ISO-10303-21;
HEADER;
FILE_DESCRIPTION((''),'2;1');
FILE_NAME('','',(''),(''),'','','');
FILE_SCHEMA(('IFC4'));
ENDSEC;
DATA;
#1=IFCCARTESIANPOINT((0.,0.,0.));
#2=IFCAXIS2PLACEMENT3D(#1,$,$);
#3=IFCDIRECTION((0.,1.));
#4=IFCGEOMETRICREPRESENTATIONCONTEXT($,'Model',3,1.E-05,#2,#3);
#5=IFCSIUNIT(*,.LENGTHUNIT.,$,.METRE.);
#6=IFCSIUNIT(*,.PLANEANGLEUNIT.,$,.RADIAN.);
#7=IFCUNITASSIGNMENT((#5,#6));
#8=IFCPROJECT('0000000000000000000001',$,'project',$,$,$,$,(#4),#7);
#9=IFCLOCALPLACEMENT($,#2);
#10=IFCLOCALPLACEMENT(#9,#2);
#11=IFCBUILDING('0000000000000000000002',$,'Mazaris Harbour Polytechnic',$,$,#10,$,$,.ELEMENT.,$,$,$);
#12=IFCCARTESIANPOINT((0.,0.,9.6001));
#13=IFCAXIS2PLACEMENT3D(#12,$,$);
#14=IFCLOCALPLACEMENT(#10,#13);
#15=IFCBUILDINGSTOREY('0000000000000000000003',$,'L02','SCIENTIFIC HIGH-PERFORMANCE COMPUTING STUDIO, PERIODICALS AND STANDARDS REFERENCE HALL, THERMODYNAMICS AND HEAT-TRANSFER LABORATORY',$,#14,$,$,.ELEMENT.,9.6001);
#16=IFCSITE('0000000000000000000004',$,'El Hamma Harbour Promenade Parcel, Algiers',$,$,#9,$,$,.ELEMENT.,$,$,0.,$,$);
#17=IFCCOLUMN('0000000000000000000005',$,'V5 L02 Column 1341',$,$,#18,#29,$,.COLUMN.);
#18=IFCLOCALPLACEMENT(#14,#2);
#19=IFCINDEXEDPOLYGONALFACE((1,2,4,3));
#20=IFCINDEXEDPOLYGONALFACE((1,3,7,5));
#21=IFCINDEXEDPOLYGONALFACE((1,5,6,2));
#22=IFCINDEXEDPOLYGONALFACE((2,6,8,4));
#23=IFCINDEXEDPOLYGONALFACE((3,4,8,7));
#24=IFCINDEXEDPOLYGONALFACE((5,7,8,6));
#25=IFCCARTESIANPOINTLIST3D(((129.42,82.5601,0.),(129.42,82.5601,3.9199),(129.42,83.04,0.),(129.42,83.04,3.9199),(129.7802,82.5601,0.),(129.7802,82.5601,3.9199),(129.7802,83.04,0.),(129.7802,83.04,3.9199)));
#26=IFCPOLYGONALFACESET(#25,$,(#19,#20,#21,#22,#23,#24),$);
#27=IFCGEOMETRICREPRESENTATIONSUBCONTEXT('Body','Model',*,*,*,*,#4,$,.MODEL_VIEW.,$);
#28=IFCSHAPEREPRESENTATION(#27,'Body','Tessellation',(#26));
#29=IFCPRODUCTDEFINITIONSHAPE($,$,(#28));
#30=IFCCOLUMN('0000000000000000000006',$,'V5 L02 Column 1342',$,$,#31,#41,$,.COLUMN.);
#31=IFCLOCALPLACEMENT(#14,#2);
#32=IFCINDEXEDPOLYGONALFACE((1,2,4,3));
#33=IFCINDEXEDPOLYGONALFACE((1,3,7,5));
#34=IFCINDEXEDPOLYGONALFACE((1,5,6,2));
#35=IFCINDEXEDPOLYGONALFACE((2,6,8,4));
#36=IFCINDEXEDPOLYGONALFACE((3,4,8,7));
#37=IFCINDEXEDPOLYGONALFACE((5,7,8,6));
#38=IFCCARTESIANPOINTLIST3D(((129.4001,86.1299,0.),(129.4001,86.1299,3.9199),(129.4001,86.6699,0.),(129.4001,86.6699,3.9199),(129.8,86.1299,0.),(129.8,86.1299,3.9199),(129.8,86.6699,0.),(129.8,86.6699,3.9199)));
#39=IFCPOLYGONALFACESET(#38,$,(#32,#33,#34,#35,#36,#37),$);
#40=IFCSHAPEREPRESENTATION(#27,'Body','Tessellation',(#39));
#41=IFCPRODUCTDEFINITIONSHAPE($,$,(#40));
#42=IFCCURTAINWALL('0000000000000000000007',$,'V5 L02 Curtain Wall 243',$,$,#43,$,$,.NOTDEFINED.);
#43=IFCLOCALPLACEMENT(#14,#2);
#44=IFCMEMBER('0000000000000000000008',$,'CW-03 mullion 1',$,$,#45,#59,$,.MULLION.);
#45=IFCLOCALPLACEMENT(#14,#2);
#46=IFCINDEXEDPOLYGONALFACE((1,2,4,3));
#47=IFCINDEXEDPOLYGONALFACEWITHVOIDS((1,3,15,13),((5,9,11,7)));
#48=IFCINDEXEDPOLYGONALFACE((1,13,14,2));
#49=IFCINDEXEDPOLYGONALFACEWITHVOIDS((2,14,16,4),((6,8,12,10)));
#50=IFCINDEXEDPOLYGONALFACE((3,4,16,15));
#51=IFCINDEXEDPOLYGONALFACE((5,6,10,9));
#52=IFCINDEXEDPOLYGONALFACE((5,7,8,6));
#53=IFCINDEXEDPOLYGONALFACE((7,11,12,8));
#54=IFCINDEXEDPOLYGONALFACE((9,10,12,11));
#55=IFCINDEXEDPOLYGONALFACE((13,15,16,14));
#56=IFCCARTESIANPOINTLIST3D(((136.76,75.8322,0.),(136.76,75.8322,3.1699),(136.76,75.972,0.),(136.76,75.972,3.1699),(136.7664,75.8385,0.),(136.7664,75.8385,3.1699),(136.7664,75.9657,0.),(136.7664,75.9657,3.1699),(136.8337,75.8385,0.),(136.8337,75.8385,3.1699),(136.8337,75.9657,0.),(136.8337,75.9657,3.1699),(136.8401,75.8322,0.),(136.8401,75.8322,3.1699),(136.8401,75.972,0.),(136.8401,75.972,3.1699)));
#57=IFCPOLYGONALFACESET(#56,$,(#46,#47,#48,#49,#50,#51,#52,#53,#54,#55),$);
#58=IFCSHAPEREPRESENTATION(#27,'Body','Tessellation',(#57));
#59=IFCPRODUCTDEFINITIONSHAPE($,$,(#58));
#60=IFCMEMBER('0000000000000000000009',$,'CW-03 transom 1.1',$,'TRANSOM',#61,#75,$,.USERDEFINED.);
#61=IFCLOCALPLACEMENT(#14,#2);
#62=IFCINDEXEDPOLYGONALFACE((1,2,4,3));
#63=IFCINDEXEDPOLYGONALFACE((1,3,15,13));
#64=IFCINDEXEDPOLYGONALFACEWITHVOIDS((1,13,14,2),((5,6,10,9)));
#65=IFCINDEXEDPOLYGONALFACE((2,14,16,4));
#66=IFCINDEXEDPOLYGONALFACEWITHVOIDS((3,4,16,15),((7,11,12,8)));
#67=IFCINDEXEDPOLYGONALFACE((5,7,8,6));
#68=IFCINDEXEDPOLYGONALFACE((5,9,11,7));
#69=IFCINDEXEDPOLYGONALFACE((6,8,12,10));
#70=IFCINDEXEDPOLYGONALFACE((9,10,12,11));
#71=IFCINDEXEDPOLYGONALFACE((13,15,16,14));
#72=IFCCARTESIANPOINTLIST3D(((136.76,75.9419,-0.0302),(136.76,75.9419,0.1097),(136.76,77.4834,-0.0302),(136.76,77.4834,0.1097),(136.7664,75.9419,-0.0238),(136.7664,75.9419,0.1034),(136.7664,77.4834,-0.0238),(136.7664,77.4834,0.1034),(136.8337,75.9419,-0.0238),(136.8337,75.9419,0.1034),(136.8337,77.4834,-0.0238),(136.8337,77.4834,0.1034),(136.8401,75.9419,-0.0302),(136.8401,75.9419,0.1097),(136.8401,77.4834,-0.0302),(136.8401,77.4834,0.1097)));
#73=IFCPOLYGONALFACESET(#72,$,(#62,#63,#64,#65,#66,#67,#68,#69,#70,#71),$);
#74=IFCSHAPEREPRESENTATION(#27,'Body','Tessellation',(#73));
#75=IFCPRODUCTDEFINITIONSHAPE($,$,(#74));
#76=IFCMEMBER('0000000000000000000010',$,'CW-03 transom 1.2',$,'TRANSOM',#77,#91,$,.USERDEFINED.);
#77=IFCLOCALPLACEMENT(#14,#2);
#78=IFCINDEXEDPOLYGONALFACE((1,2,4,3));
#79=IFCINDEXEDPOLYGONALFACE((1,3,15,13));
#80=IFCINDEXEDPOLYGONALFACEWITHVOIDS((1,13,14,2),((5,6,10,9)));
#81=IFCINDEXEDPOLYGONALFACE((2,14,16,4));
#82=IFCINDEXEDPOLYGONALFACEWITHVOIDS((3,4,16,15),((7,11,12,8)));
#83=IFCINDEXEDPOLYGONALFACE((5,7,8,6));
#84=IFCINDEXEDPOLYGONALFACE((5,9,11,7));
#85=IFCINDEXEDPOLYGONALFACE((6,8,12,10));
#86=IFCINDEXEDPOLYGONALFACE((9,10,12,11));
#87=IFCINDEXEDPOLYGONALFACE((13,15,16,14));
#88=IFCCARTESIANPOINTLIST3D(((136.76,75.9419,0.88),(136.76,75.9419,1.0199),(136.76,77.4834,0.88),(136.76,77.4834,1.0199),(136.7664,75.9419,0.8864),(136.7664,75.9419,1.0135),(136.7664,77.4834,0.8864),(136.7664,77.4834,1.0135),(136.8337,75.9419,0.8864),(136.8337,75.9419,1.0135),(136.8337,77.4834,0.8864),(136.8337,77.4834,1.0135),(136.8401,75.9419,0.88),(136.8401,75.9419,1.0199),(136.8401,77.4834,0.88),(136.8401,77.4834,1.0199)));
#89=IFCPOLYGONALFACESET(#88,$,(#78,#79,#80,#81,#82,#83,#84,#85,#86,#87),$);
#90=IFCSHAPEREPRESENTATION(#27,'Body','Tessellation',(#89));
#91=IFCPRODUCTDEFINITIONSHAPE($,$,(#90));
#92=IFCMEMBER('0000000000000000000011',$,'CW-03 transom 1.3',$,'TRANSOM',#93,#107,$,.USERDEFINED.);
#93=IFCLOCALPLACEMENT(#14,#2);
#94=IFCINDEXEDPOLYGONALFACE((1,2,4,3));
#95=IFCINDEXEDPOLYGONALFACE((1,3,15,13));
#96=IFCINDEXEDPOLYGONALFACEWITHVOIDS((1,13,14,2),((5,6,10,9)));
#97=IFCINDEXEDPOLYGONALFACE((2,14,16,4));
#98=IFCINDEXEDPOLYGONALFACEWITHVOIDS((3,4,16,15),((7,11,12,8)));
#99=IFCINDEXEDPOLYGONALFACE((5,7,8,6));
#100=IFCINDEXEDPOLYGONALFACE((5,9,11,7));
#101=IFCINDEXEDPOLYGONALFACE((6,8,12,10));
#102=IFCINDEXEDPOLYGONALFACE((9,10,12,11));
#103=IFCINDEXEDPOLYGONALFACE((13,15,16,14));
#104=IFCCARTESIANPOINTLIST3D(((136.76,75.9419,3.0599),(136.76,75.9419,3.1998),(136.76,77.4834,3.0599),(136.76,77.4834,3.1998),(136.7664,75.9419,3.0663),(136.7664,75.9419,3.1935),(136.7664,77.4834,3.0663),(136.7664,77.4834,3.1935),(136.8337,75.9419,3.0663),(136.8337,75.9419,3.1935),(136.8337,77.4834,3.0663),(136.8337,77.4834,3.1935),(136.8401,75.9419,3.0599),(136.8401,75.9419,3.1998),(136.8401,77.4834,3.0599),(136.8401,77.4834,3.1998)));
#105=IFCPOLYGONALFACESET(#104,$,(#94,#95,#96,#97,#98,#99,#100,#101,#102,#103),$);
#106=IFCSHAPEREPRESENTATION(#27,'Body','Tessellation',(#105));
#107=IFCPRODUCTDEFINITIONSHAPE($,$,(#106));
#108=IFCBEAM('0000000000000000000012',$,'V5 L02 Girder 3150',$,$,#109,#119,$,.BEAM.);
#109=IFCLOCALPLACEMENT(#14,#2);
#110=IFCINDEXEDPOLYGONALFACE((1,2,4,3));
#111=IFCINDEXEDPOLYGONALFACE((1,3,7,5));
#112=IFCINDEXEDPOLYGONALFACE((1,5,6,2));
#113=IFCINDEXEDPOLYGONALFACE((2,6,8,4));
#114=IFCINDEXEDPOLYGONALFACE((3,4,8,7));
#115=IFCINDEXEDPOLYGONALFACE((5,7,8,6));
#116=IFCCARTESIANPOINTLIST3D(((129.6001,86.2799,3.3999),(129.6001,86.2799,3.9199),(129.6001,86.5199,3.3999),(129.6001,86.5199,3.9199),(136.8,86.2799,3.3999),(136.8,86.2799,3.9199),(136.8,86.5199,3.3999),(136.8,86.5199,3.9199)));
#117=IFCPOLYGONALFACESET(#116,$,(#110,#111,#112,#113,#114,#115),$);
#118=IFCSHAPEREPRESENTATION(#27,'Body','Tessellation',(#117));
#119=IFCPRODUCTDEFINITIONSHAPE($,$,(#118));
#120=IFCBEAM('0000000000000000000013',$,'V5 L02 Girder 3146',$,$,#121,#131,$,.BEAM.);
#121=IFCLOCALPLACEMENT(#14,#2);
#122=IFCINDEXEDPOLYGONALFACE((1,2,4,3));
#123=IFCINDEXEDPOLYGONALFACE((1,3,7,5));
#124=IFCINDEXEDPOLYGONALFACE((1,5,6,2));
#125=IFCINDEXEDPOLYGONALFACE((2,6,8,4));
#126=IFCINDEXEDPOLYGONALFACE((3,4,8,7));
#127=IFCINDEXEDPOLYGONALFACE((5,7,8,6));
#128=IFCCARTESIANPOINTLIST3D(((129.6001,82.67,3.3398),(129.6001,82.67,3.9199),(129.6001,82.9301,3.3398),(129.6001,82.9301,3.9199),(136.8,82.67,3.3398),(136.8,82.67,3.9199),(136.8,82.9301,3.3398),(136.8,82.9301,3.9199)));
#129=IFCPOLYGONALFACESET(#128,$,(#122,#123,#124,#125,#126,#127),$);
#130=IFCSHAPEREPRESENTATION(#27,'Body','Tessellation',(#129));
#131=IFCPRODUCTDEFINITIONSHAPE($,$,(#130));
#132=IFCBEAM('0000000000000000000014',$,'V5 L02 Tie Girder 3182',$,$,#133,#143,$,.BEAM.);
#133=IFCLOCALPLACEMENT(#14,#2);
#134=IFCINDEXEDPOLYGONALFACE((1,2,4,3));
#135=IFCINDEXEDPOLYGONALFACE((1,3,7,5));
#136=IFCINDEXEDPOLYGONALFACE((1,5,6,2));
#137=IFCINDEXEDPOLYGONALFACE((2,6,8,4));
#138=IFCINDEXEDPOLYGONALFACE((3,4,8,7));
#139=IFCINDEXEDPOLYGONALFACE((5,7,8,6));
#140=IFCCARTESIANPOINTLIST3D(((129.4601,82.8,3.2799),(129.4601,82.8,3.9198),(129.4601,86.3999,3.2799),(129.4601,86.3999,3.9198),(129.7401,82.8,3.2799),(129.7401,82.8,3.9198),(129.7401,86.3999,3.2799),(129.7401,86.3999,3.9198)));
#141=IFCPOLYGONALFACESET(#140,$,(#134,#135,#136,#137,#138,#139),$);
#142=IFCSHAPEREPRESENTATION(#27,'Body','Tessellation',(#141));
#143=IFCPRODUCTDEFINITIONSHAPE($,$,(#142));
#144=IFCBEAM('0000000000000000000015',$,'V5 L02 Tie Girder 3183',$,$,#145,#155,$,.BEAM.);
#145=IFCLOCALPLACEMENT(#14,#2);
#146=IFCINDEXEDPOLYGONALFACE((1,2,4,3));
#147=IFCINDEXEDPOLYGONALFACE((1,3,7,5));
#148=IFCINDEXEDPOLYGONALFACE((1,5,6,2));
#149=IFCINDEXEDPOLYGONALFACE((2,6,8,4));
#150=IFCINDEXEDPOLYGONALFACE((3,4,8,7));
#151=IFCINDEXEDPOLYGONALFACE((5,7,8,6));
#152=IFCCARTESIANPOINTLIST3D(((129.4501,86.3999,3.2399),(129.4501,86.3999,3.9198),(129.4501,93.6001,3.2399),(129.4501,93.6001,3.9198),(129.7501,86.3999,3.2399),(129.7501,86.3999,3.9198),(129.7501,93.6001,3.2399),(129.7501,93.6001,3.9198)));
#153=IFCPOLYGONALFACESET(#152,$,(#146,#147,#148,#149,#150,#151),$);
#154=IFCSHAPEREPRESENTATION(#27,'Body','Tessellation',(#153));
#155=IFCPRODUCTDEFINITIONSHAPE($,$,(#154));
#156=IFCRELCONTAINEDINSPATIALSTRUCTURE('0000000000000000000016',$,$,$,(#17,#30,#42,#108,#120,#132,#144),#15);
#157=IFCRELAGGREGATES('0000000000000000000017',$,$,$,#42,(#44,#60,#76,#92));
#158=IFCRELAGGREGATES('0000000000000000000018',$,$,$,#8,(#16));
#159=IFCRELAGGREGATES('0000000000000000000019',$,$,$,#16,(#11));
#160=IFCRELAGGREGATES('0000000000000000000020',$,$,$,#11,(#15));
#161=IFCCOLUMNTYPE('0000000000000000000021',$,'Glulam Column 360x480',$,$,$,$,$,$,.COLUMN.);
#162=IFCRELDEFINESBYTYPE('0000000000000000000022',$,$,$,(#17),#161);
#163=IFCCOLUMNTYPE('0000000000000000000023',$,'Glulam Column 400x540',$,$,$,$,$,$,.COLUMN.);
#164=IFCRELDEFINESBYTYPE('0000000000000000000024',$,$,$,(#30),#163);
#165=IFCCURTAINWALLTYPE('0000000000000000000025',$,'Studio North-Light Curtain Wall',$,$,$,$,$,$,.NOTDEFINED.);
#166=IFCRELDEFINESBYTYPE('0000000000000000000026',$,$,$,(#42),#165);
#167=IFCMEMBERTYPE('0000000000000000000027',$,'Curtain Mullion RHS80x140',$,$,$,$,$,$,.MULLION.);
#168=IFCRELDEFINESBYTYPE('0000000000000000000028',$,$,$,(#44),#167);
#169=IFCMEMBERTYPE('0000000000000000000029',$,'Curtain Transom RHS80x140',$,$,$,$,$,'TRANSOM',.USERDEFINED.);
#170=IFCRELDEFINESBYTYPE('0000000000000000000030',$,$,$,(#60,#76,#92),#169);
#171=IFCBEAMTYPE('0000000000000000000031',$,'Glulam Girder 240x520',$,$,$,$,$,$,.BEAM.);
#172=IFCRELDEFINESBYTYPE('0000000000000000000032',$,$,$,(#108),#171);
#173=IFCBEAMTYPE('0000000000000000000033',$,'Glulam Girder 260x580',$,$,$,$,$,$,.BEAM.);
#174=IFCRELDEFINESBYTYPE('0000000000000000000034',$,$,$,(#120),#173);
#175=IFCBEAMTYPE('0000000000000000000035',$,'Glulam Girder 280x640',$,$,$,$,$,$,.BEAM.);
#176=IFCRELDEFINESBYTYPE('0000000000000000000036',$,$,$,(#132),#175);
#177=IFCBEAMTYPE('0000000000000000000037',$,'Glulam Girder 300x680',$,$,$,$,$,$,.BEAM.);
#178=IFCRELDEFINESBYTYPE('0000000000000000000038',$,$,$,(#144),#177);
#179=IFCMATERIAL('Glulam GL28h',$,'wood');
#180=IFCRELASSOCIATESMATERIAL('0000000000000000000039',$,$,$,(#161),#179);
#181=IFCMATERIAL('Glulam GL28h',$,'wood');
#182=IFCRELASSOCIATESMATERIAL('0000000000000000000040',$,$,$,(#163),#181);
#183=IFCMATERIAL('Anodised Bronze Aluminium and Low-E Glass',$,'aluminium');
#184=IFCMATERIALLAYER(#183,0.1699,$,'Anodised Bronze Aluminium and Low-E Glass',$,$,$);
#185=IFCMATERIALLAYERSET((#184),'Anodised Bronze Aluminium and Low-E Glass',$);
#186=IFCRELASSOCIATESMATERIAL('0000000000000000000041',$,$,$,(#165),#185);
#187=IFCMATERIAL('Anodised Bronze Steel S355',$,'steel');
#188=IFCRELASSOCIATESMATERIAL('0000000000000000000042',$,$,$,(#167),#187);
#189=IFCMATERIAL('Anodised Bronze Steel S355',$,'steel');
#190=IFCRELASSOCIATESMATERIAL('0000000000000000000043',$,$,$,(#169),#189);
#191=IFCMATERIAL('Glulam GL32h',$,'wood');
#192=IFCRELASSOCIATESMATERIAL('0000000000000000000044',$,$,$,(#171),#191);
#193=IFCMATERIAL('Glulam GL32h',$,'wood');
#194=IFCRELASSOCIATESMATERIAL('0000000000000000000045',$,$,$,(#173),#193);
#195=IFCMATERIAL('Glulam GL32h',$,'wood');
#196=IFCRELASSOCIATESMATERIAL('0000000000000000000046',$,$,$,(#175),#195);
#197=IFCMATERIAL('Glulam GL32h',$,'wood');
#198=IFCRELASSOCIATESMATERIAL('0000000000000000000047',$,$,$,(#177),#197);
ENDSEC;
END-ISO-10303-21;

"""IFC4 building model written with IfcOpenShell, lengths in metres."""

from ifc_helpers import new_model, si_unit, direction, frame, origin, origin_2d, place, context, subcontext, project, spatial, rectangle, hollow_rectangle, extrude, material, layer, layer_set, material_profile, profile_set, type_object, element, aggregate, save


model = new_model("IFC4")

# Units and contexts
model_context = context("Model", 3, precision=1e-05, world=origin(), true_north=direction((0.0, 1.0)))
body_context = subcontext(model_context, "Body", "Model", "MODEL_VIEW")
ifc_project = project(units=[si_unit("LENGTHUNIT", "METRE"), si_unit("PLANEANGLEUNIT", "RADIAN")], contexts=[model_context])

# Site, building, storey
site_placement = place(None, origin())
site = spatial("IfcSite", under=ifc_project, at=site_placement, Name="El Hamma Harbour Promenade Parcel, Algiers", CompositionType="ELEMENT", RefElevation=0.0)
building_placement = place(site_placement, origin())
building = spatial("IfcBuilding", under=site, at=building_placement, Name="Mazaris Harbour Polytechnic", CompositionType="ELEMENT")
storey_placement = place(building_placement, frame((0.0, 0.0, 9.6001)))
storey = spatial("IfcBuildingStorey", under=building, at=storey_placement, Name="L02", Description="SCIENTIFIC HIGH-PERFORMANCE COMPUTING STUDIO, PERIODICALS AND STANDARDS REFERENCE HALL, THERMODYNAMICS AND HEAT-TRANSFER LABORATORY", CompositionType="ELEMENT", Elevation=9.6001)

# Columns
ifc_material_1 = material(Name="Glulam GL28h", Category="wood")
ifc_material_profile_1 = material_profile(ifc_material_1, rectangle(XDim=0.3601, YDim=0.48, at=origin_2d()), Name="RECT360x480")
ifc_profile_set_1 = profile_set([ifc_material_profile_1], Name="Glulam GL28h")
column_type_1 = type_object("IfcColumnType", Name="Glulam Column 360x480", PredefinedType="COLUMN", material=ifc_profile_set_1)
column_1_placement = place(storey_placement, frame((129.6001, 82.8, 0.0), z_axis=(0.0, 0.0, 1.0), x_axis=(1.0, 0.0, 0.0)))
element("IfcColumn", 1, at=column_1_placement, inside=storey, type_object=column_type_1, Name="V5 L02 Column 1341", PredefinedType="COLUMN", context=body_context, shape_type="SweptSolid", body=[
    extrude(rectangle(XDim=0.3601, YDim=0.48, at=origin_2d()), origin(), (0.0, 0.0, 1.0), 3.9199),
])
ifc_material_2 = material(Name="Glulam GL28h", Category="wood")
ifc_material_profile_2 = material_profile(ifc_material_2, rectangle(XDim=0.3999, YDim=0.54, at=origin_2d()), Name="RECT400x540")
ifc_profile_set_2 = profile_set([ifc_material_profile_2], Name="Glulam GL28h")
column_type_2 = type_object("IfcColumnType", Name="Glulam Column 400x540", PredefinedType="COLUMN", material=ifc_profile_set_2)
column_2_placement = place(storey_placement, frame((129.6001, 86.3999, 0.0), z_axis=(0.0, 0.0, 1.0), x_axis=(1.0, 0.0, 0.0)))
element("IfcColumn", 2, at=column_2_placement, inside=storey, type_object=column_type_2, Name="V5 L02 Column 1342", PredefinedType="COLUMN", context=body_context, shape_type="SweptSolid", body=[
    extrude(rectangle(XDim=0.3999, YDim=0.54, at=origin_2d()), origin(), (0.0, 0.0, 1.0), 3.9199),
])

# Curtain wall, members
ifc_material_3 = material(Name="Anodised Bronze Aluminium and Low-E Glass", Category="aluminium")
ifc_layer_1 = layer(ifc_material_3, 0.1699, Name="Anodised Bronze Aluminium and Low-E Glass")
ifc_layer_set_1 = layer_set([ifc_layer_1], Name="Anodised Bronze Aluminium and Low-E Glass")
curtain_wall_type = type_object("IfcCurtainWallType", Name="Studio North-Light Curtain Wall", PredefinedType="NOTDEFINED", material=ifc_layer_set_1)
curtain_wall_placement = place(storey_placement, origin())
curtain_wall = element("IfcCurtainWall", 3, at=curtain_wall_placement, inside=storey, type_object=curtain_wall_type, Name="V5 L02 Curtain Wall 243", PredefinedType="NOTDEFINED")
ifc_material_4 = material(Name="Anodised Bronze Steel S355", Category="steel")
ifc_material_profile_3 = material_profile(ifc_material_4, hollow_rectangle(XDim=0.0801, YDim=0.1399, WallThickness=0.0063, at=origin_2d()), Name="RHS 80x140x6.3")
ifc_profile_set_3 = profile_set([ifc_material_profile_3], Name="Anodised Bronze Steel S355")
member_type_1 = type_object("IfcMemberType", Name="Curtain Mullion RHS80x140", PredefinedType="MULLION", material=ifc_profile_set_3)
member_1_placement = place(storey_placement, frame((136.8, 75.9021, 0.0), z_axis=(0.0, 0.0, 1.0), x_axis=(-1.0, 0.0, 0.0)))
member_1 = element("IfcMember", 4, at=member_1_placement, type_object=member_type_1, Name="CW-03 mullion 1", PredefinedType="MULLION", context=body_context, shape_type="SweptSolid", body=[
    extrude(hollow_rectangle(XDim=0.0801, YDim=0.1399, WallThickness=0.0063, at=origin_2d()), origin(), (0.0, 0.0, 1.0), 3.1699),
])
ifc_material_5 = material(Name="Anodised Bronze Steel S355", Category="steel")
ifc_material_profile_4 = material_profile(ifc_material_5, hollow_rectangle(XDim=0.0801, YDim=0.1399, WallThickness=0.0063, at=origin_2d()), Name="RHS 80x140x6.3")
ifc_profile_set_4 = profile_set([ifc_material_profile_4], Name="Anodised Bronze Steel S355")
member_type_2 = type_object("IfcMemberType", Name="Curtain Transom RHS80x140", ElementType="TRANSOM", PredefinedType="USERDEFINED", material=ifc_profile_set_4)
member_2_placement = place(storey_placement, frame((136.8, 75.9419, 0.0398), z_axis=(0.0, 1.0, 0.0), x_axis=(-1.0, 0.0, 0.0)))
member_2 = element("IfcMember", 5, at=member_2_placement, type_object=member_type_2, Name="CW-03 transom 1.1", ObjectType="TRANSOM", PredefinedType="USERDEFINED", context=body_context, shape_type="SweptSolid", body=[
    extrude(hollow_rectangle(XDim=0.0801, YDim=0.1399, WallThickness=0.0063, at=origin_2d()), origin(), (0.0, 0.0, 1.0), 1.5415),
])
member_3_placement = place(storey_placement, frame((136.8, 75.9419, 0.95), z_axis=(0.0, 1.0, 0.0), x_axis=(-1.0, 0.0, 0.0)))
member_3 = element("IfcMember", 6, at=member_3_placement, type_object=member_type_2, Name="CW-03 transom 1.2", ObjectType="TRANSOM", PredefinedType="USERDEFINED", context=body_context, shape_type="SweptSolid", body=[
    extrude(hollow_rectangle(XDim=0.0801, YDim=0.1399, WallThickness=0.0063, at=origin_2d()), origin(), (0.0, 0.0, 1.0), 1.5415),
])
member_4_placement = place(storey_placement, frame((136.8, 75.9419, 3.1299), z_axis=(0.0, 1.0, 0.0), x_axis=(-1.0, 0.0, 0.0)))
member_4 = element("IfcMember", 7, at=member_4_placement, type_object=member_type_2, Name="CW-03 transom 1.3", ObjectType="TRANSOM", PredefinedType="USERDEFINED", context=body_context, shape_type="SweptSolid", body=[
    extrude(hollow_rectangle(XDim=0.0801, YDim=0.1399, WallThickness=0.0063, at=origin_2d()), origin(), (0.0, 0.0, 1.0), 1.5415),
])

# Beams
ifc_material_6 = material(Name="Glulam GL32h", Category="wood")
ifc_material_profile_5 = material_profile(ifc_material_6, rectangle(XDim=0.24, YDim=0.52, at=origin_2d()), Name="RECT240x520")
ifc_profile_set_5 = profile_set([ifc_material_profile_5], Name="Glulam GL32h")
beam_type_1 = type_object("IfcBeamType", Name="Glulam Girder 240x520", PredefinedType="BEAM", material=ifc_profile_set_5)
beam_1_placement = place(storey_placement, frame((129.6001, 86.3999, 3.6599), z_axis=(1.0, 0.0, 0.0), x_axis=(0.0, 1.0, 0.0)))
element("IfcBeam", 8, at=beam_1_placement, inside=storey, type_object=beam_type_1, Name="V5 L02 Girder 3150", PredefinedType="BEAM", context=body_context, shape_type="SweptSolid", body=[
    extrude(rectangle(XDim=0.24, YDim=0.52, at=origin_2d()), origin(), (0.0, 0.0, 1.0), 7.2),
])
ifc_material_7 = material(Name="Glulam GL32h", Category="wood")
ifc_material_profile_6 = material_profile(ifc_material_7, rectangle(XDim=0.26, YDim=0.5801, at=origin_2d()), Name="RECT260x580")
ifc_profile_set_6 = profile_set([ifc_material_profile_6], Name="Glulam GL32h")
beam_type_2 = type_object("IfcBeamType", Name="Glulam Girder 260x580", PredefinedType="BEAM", material=ifc_profile_set_6)
beam_2_placement = place(storey_placement, frame((129.6001, 82.8, 3.6299), z_axis=(1.0, 0.0, 0.0), x_axis=(0.0, 1.0, 0.0)))
element("IfcBeam", 9, at=beam_2_placement, inside=storey, type_object=beam_type_2, Name="V5 L02 Girder 3146", PredefinedType="BEAM", context=body_context, shape_type="SweptSolid", body=[
    extrude(rectangle(XDim=0.26, YDim=0.5801, at=origin_2d()), origin(), (0.0, 0.0, 1.0), 7.2),
])
ifc_material_8 = material(Name="Glulam GL32h", Category="wood")
ifc_material_profile_7 = material_profile(ifc_material_8, rectangle(XDim=0.28, YDim=0.6399, at=origin_2d()), Name="RECT280x640")
ifc_profile_set_7 = profile_set([ifc_material_profile_7], Name="Glulam GL32h")
beam_type_3 = type_object("IfcBeamType", Name="Glulam Girder 280x640", PredefinedType="BEAM", material=ifc_profile_set_7)
beam_3_placement = place(storey_placement, frame((129.6001, 82.8, 3.5999), z_axis=(0.0, 1.0, 0.0), x_axis=(-1.0, 0.0, 0.0)))
element("IfcBeam", 10, at=beam_3_placement, inside=storey, type_object=beam_type_3, Name="V5 L02 Tie Girder 3182", PredefinedType="BEAM", context=body_context, shape_type="SweptSolid", body=[
    extrude(rectangle(XDim=0.28, YDim=0.6399, at=origin_2d()), origin(), (0.0, 0.0, 1.0), 3.5999),
])
ifc_material_9 = material(Name="Glulam GL32h", Category="wood")
ifc_material_profile_8 = material_profile(ifc_material_9, rectangle(XDim=0.3, YDim=0.6799, at=origin_2d()), Name="RECT300x680")
ifc_profile_set_8 = profile_set([ifc_material_profile_8], Name="Glulam GL32h")
beam_type_4 = type_object("IfcBeamType", Name="Glulam Girder 300x680", PredefinedType="BEAM", material=ifc_profile_set_8)
beam_4_placement = place(storey_placement, frame((129.6001, 86.3999, 3.5798), z_axis=(0.0, 1.0, 0.0), x_axis=(-1.0, 0.0, 0.0)))
element("IfcBeam", 11, at=beam_4_placement, inside=storey, type_object=beam_type_4, Name="V5 L02 Tie Girder 3183", PredefinedType="BEAM", context=body_context, shape_type="SweptSolid", body=[
    extrude(rectangle(XDim=0.3, YDim=0.6799, at=origin_2d()), origin(), (0.0, 0.0, 1.0), 7.2002),
])

aggregate(curtain_wall, [member_1, member_2, member_3, member_4])

save(model, "model.ifc")
